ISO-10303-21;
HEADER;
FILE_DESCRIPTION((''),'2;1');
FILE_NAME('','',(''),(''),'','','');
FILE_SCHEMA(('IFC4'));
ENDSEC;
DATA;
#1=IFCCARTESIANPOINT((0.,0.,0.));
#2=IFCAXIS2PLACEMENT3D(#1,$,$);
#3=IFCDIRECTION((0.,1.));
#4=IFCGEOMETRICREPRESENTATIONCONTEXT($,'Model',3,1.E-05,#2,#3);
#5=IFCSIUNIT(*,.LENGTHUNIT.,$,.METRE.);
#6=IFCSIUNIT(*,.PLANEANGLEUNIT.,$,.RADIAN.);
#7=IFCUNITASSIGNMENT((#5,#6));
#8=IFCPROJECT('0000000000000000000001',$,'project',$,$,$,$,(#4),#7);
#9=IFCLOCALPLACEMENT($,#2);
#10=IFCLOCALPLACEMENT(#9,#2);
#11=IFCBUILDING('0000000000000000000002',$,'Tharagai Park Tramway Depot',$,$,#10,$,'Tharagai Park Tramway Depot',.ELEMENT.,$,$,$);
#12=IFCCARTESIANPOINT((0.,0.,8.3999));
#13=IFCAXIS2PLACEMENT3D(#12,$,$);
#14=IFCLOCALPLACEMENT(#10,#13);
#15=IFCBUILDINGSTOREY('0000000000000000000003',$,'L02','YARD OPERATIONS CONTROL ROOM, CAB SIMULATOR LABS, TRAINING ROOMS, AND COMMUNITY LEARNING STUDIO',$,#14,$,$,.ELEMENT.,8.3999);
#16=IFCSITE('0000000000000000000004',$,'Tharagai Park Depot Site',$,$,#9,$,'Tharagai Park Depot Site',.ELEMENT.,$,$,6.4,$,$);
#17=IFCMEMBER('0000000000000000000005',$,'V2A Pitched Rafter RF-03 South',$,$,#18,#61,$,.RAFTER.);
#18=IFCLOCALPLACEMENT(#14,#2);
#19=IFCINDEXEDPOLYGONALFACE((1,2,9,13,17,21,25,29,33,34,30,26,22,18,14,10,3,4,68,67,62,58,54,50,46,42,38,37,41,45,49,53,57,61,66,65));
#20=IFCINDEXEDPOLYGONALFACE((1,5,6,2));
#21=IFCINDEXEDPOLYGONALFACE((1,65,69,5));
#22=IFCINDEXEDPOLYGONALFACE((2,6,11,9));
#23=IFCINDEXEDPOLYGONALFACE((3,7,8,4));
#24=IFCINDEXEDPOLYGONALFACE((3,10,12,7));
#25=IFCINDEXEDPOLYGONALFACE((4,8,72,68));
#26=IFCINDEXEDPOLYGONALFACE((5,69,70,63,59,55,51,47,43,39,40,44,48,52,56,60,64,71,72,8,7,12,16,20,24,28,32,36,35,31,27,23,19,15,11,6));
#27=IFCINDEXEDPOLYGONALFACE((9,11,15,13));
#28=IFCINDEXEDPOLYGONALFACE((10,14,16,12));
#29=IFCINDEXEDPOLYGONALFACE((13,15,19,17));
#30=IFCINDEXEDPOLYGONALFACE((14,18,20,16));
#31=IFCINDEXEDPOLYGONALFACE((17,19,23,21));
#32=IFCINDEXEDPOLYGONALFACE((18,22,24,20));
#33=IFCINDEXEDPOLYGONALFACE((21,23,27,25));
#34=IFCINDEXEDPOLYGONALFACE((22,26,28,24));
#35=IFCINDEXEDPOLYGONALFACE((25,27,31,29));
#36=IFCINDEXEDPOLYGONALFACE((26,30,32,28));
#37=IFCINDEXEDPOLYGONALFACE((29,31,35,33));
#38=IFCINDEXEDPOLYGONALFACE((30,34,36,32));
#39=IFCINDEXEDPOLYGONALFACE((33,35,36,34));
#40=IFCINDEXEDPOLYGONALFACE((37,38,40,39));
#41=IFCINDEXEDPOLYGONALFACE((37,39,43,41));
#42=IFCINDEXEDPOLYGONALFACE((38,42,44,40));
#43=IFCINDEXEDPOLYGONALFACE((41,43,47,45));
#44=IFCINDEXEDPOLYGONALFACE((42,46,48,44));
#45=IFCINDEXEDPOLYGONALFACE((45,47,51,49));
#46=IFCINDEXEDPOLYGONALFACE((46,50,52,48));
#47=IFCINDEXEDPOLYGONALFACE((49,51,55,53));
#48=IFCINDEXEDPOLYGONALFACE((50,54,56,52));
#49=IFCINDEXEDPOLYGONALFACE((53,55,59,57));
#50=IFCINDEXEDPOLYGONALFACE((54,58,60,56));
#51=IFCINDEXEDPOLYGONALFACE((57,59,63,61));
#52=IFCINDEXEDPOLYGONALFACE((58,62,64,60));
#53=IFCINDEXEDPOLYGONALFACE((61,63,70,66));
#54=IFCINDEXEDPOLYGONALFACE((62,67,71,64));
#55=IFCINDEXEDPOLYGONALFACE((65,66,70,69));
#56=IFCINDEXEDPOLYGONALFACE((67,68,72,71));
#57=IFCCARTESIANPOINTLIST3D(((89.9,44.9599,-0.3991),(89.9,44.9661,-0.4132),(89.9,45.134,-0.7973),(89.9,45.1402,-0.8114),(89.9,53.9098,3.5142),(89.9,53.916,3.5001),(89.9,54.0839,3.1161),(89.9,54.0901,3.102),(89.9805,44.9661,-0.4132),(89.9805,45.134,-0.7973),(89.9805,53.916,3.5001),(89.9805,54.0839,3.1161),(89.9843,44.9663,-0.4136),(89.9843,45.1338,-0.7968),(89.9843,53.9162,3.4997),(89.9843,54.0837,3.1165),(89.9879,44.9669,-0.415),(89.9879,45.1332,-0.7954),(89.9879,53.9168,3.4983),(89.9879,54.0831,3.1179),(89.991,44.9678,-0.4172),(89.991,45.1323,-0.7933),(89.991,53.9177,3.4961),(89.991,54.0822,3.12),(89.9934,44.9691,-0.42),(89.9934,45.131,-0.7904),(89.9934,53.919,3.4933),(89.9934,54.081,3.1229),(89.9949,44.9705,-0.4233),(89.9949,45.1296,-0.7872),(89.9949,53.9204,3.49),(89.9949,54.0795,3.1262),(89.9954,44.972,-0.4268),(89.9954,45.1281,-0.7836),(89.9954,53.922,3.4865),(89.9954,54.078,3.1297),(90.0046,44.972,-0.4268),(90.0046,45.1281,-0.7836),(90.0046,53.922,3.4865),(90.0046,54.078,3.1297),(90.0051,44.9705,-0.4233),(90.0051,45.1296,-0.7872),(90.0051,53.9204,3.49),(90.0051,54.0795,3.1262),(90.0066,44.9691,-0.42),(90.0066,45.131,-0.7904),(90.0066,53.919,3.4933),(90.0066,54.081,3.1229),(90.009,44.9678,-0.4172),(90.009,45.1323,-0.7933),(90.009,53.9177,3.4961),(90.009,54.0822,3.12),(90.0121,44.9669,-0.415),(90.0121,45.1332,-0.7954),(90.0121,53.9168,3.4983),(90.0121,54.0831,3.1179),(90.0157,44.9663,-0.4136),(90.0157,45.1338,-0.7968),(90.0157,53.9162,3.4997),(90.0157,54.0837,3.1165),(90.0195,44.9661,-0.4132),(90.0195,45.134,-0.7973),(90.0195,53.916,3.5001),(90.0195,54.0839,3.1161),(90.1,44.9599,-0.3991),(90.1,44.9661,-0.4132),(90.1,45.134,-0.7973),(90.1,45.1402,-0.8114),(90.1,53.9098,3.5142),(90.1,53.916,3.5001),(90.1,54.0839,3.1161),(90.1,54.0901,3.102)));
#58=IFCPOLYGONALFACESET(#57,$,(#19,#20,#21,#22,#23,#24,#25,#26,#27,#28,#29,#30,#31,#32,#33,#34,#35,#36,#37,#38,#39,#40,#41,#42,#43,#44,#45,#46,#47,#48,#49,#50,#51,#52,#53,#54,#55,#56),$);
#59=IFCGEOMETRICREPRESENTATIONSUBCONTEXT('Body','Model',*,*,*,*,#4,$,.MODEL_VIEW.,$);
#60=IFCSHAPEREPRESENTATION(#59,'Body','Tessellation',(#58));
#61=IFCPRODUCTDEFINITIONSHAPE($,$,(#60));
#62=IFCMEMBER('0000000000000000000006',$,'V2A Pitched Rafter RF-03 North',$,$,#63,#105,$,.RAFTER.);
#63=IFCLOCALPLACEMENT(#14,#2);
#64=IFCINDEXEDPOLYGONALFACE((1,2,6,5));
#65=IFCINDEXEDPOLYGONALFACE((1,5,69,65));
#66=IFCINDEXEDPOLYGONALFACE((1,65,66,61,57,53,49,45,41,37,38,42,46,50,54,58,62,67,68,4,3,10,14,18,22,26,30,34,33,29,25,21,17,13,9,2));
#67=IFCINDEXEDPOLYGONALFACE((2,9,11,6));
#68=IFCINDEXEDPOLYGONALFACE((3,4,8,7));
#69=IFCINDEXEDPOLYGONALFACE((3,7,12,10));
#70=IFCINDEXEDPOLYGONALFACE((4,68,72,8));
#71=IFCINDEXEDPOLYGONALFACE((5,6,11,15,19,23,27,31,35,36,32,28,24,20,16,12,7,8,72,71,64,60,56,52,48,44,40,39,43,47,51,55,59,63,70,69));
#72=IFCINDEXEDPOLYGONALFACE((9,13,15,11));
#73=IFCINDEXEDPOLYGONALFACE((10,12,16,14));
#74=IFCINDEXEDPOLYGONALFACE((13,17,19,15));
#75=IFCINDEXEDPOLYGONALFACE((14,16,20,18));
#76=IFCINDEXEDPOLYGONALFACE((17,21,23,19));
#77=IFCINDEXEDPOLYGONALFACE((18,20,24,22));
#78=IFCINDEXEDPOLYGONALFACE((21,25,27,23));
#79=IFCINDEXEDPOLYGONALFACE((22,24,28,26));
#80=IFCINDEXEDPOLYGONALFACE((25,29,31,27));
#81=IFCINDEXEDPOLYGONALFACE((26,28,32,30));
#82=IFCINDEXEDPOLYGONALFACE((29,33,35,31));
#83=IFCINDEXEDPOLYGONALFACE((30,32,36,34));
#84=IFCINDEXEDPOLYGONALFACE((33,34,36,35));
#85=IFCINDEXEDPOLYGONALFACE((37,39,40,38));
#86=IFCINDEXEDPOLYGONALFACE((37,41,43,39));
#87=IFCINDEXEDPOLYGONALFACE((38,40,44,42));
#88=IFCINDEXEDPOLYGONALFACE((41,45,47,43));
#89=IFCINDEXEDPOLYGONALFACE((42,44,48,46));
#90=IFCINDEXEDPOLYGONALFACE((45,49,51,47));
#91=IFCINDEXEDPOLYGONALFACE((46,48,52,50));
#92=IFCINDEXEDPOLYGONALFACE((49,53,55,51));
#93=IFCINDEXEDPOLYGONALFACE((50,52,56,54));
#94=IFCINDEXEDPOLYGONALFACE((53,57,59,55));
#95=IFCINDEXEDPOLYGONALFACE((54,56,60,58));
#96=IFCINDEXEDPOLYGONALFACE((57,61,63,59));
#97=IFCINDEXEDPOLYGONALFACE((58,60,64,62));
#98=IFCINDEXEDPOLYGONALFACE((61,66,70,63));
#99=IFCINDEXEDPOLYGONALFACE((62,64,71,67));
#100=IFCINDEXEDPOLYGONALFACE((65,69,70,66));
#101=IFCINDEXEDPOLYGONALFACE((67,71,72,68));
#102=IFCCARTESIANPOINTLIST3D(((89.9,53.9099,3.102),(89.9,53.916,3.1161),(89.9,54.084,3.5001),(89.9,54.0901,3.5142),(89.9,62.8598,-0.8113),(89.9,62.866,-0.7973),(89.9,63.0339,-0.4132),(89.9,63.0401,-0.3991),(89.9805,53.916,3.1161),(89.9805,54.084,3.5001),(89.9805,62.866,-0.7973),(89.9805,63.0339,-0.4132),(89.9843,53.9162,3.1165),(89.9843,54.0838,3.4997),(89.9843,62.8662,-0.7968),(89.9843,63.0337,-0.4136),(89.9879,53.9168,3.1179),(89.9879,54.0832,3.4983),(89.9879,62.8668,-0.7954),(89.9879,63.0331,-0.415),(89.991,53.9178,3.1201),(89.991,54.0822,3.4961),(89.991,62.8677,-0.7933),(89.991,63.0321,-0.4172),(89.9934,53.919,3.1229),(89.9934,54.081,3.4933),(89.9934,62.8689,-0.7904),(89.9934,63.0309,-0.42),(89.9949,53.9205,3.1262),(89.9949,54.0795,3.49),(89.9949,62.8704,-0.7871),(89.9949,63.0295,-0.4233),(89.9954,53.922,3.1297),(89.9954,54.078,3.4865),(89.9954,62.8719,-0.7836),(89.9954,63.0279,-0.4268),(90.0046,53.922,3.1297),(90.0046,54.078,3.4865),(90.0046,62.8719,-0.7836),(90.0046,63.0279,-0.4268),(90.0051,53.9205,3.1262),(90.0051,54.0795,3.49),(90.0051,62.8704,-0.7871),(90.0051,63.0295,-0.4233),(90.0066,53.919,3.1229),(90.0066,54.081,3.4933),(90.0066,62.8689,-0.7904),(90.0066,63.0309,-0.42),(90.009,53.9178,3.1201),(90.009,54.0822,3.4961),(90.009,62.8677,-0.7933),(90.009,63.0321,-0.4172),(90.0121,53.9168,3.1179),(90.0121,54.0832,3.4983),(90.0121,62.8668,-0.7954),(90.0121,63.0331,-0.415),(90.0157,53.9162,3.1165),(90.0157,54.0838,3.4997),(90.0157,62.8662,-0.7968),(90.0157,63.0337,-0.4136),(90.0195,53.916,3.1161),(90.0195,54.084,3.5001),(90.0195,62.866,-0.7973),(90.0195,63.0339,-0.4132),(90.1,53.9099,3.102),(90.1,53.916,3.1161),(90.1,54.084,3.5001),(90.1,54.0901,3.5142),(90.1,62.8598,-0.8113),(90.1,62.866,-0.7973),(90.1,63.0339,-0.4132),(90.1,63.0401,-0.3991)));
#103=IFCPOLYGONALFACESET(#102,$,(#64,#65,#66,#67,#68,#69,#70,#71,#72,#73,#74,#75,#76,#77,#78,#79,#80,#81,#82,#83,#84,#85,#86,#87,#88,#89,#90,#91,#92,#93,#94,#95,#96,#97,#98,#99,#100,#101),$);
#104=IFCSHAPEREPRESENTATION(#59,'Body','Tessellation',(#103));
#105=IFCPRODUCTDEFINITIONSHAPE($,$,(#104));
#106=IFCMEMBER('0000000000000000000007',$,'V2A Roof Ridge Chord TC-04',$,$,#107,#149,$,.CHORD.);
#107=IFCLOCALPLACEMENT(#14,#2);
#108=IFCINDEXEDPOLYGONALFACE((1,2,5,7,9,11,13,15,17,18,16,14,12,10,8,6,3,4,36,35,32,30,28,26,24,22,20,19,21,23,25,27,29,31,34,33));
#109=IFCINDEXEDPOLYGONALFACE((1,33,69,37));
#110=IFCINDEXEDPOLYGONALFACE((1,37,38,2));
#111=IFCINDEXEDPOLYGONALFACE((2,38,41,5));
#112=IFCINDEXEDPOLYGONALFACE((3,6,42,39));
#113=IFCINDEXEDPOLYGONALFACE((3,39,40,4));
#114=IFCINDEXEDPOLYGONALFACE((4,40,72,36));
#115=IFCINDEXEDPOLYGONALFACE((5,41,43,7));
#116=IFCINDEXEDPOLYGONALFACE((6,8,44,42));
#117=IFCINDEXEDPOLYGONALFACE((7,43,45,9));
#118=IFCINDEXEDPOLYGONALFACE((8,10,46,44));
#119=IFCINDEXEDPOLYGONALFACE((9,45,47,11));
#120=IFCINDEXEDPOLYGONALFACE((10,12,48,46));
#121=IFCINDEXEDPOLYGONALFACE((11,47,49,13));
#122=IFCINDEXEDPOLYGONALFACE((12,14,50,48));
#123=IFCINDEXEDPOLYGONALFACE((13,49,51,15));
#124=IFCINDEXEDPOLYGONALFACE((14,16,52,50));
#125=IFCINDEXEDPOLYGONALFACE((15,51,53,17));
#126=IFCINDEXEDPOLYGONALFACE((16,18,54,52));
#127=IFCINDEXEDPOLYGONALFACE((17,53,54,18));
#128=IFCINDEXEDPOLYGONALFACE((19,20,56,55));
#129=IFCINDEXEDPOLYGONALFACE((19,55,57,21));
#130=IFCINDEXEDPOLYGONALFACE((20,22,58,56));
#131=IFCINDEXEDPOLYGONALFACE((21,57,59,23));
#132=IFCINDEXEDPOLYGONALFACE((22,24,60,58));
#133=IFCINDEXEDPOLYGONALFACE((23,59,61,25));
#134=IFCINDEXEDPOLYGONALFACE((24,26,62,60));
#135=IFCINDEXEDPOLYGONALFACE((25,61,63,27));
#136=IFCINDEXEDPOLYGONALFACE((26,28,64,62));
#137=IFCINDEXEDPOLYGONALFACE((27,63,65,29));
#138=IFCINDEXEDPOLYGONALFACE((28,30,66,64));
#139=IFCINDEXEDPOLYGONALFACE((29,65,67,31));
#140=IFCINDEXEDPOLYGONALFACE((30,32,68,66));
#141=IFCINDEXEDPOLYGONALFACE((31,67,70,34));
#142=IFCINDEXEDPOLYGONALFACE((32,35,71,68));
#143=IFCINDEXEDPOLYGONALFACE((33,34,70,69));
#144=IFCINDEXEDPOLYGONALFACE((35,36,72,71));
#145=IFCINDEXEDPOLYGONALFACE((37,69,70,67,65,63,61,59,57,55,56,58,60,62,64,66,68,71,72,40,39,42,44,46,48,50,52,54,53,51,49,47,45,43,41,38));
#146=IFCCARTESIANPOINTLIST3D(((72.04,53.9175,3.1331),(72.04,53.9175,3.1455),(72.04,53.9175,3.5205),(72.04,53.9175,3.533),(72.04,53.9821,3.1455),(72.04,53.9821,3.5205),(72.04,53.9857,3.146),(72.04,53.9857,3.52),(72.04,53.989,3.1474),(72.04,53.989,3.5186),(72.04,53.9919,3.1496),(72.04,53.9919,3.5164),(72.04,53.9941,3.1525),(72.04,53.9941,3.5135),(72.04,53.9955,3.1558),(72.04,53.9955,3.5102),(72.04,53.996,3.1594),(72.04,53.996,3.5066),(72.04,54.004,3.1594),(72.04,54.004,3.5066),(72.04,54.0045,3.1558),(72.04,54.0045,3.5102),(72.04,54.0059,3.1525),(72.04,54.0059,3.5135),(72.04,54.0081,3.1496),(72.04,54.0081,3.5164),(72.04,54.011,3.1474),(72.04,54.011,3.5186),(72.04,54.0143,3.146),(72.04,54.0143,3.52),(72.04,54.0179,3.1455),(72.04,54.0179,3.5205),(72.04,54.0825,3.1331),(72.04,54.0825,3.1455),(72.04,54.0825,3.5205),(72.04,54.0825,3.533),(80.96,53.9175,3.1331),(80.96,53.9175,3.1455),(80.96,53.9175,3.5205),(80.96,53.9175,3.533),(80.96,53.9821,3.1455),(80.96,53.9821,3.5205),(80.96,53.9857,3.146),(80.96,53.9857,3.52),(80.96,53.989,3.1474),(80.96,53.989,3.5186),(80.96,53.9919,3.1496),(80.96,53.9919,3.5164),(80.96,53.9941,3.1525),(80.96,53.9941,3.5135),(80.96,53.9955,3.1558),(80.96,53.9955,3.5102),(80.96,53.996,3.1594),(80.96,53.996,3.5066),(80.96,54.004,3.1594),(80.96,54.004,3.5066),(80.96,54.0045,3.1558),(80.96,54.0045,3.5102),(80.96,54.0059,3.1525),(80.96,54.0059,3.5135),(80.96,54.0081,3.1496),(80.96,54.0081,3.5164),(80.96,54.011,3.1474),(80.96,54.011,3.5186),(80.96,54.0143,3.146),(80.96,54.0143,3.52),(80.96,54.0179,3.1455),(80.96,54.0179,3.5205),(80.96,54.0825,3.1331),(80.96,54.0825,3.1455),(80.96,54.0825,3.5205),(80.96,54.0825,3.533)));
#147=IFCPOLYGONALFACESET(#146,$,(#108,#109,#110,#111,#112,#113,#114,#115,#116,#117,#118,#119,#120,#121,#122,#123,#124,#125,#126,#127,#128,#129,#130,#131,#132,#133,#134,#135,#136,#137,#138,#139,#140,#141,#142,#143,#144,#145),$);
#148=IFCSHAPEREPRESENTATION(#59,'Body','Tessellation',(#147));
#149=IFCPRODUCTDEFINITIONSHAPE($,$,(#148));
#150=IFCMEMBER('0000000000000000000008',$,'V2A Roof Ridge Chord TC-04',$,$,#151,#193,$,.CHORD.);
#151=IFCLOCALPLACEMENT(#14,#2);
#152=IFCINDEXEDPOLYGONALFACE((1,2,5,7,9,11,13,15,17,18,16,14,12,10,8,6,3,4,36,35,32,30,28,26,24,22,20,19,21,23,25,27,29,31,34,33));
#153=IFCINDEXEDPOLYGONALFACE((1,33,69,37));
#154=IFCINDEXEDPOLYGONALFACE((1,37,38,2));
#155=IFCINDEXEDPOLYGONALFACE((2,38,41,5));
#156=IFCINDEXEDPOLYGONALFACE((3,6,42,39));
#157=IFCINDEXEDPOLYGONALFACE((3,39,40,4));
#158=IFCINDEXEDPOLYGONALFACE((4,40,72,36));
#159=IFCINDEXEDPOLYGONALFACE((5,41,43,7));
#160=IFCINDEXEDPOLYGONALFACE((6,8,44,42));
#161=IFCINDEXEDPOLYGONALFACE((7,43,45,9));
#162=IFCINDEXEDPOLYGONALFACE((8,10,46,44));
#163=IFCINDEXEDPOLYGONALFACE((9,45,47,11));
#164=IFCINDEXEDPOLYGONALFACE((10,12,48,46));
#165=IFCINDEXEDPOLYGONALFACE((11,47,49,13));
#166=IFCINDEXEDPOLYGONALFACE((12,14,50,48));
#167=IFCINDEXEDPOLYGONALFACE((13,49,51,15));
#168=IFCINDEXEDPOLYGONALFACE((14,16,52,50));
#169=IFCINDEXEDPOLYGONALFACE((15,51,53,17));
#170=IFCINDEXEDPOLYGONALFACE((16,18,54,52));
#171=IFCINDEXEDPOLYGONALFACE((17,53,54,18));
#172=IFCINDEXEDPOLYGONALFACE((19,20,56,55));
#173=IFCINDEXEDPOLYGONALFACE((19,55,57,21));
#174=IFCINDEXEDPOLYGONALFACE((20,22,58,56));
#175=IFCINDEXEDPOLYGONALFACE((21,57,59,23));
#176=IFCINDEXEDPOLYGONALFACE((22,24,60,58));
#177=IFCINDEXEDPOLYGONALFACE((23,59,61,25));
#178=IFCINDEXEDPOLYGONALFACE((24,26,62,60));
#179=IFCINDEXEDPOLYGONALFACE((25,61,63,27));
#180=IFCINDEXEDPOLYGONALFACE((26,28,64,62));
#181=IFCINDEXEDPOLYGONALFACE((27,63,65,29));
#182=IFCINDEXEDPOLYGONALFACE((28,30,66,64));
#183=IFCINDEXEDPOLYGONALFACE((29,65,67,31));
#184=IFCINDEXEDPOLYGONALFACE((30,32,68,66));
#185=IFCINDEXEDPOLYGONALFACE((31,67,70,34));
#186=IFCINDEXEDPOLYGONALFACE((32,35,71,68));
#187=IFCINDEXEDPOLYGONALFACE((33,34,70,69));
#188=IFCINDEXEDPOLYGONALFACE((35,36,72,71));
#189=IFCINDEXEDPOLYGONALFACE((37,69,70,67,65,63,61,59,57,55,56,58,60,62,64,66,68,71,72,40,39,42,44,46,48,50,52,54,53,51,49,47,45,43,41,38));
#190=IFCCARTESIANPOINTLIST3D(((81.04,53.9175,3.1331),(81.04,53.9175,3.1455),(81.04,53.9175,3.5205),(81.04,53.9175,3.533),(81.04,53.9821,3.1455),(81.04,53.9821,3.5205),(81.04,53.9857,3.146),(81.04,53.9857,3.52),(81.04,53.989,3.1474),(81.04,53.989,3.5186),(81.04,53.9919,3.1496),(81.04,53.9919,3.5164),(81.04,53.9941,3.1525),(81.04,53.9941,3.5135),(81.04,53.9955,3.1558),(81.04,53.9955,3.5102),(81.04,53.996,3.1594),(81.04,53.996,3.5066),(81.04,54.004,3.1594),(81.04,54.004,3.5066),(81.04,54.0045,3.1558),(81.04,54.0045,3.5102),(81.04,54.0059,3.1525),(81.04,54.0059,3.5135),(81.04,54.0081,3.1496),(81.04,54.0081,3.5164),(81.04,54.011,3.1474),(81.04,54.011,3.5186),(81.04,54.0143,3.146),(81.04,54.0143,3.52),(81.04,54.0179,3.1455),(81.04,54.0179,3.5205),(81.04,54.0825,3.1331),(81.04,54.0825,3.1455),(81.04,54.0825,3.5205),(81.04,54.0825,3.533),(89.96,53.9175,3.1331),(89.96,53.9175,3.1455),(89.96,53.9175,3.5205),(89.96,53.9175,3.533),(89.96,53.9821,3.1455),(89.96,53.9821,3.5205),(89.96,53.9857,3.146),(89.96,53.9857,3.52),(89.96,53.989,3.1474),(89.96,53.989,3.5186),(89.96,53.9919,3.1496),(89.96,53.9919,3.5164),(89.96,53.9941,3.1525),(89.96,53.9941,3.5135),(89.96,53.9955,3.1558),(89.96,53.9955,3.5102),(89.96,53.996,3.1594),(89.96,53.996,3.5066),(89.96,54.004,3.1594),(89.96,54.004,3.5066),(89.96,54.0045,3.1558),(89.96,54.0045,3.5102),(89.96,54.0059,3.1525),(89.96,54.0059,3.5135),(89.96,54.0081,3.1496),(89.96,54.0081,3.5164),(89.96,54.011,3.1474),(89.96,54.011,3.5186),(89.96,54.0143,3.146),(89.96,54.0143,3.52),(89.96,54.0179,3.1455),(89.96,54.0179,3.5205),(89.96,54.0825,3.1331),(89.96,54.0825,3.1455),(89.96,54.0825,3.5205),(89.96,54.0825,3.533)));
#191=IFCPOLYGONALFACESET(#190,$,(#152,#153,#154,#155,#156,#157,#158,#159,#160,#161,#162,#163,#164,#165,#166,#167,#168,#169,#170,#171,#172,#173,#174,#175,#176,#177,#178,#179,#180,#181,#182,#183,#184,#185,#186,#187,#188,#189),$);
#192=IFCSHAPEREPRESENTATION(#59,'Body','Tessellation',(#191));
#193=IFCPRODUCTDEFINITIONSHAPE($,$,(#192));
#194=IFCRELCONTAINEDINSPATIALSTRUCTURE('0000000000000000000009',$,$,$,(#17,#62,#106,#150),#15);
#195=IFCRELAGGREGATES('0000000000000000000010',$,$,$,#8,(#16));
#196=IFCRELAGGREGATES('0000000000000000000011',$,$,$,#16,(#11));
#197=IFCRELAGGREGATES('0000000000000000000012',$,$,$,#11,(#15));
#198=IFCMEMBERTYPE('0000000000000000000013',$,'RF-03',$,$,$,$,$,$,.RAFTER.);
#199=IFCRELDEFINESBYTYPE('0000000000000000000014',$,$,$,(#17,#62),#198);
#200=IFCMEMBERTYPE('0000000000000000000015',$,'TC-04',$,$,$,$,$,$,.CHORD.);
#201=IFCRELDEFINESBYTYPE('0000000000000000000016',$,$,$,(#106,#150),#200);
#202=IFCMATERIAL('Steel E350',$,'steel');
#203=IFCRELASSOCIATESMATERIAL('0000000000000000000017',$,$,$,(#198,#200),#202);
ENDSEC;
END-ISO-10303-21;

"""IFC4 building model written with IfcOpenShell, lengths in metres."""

from ifc_helpers import new_model, si_unit, direction, frame, origin, origin_2d, place, context, subcontext, project, spatial, i_section, extrude, material, material_profile, profile_set, type_object, element, save


model = new_model("IFC4")

# Units and contexts
model_context = context("Model", 3, precision=1e-05, world=origin(), true_north=direction((0.0, 1.0)))
body_context = subcontext(model_context, "Body", "Model", "MODEL_VIEW")
ifc_project = project(units=[si_unit("LENGTHUNIT", "METRE"), si_unit("PLANEANGLEUNIT", "RADIAN")], contexts=[model_context])

# Site, building, storey
site_placement = place(None, origin())
site = spatial("IfcSite", under=ifc_project, at=site_placement, Name="Tharagai Park Depot Site", LongName="Tharagai Park Depot Site", CompositionType="ELEMENT", RefElevation=6.4)
building_placement = place(site_placement, origin())
building = spatial("IfcBuilding", under=site, at=building_placement, Name="Tharagai Park Tramway Depot", LongName="Tharagai Park Tramway Depot", CompositionType="ELEMENT")
storey_placement = place(building_placement, frame((0.0, 0.0, 8.3999)))
storey = spatial("IfcBuildingStorey", under=building, at=storey_placement, Name="L02", Description="YARD OPERATIONS CONTROL ROOM, CAB SIMULATOR LABS, TRAINING ROOMS, AND COMMUNITY LEARNING STUDIO", CompositionType="ELEMENT", Elevation=8.3999)

# Shared definitions
ifc_material_1 = material(Name="Steel E350", Category="steel")

# Members
ifc_material_profile_1 = material_profile(ifc_material_1, i_section(OverallWidth=0.2, OverallDepth=0.45, WebThickness=0.0093, FlangeThickness=0.0154, FilletRadius=0.0149, at=origin_2d()), Name="ISWB 450")
ifc_profile_set_1 = profile_set([ifc_material_profile_1], Name="Steel E350")
member_type_1 = type_object("IfcMemberType", Name="RF-03", PredefinedType="RAFTER", material=ifc_profile_set_1)
for number, where, z_axis, x_axis, name in (
    (1, (90.0, 45.05, -0.6052), (0.0, 0.916243, 0.400623), (-1.0, 0.0, 0.0), "V2A Pitched Rafter RF-03 South"),
    (2, (90.0, 54.0, 3.3081), (0.0, 0.916243, -0.400623), (-1.0, 0.0, 0.0), "V2A Pitched Rafter RF-03 North"),
):
    element("IfcMember", number, at=place(storey_placement, frame(where, z_axis=z_axis, x_axis=x_axis)), inside=storey, type_object=member_type_1, Name=name, PredefinedType="RAFTER", context=body_context, shape_type="SweptSolid", body=[
        extrude(i_section(OverallWidth=0.2, OverallDepth=0.45, WebThickness=0.0093, FlangeThickness=0.0154, FilletRadius=0.0149, at=origin_2d()), origin(), (0.0, 0.0, 1.0), 9.7681),
    ])
ifc_material_profile_2 = material_profile(ifc_material_1, i_section(OverallWidth=0.165, OverallDepth=0.3999, WebThickness=0.0081, FlangeThickness=0.0125, FilletRadius=0.0139, at=origin_2d()), Name="ISLB 400")
ifc_profile_set_2 = profile_set([ifc_material_profile_2], Name="Steel E350")
member_type_2 = type_object("IfcMemberType", Name="TC-04", PredefinedType="CHORD", material=ifc_profile_set_2)
for number, where, z_axis, x_axis, name in (
    (3, (72.04, 54.0, 3.333), (1.0, 0.0, 0.0), (0.0, 1.0, 0.0), "V2A Roof Ridge Chord TC-04"),
    (4, (81.04, 54.0, 3.333), (1.0, 0.0, 0.0), (0.0, 1.0, 0.0), "V2A Roof Ridge Chord TC-04"),
):
    element("IfcMember", number, at=place(storey_placement, frame(where, z_axis=z_axis, x_axis=x_axis)), inside=storey, type_object=member_type_2, Name=name, PredefinedType="CHORD", context=body_context, shape_type="SweptSolid", body=[
        extrude(i_section(OverallWidth=0.165, OverallDepth=0.3999, WebThickness=0.0081, FlangeThickness=0.0125, FilletRadius=0.0139, at=origin_2d()), origin(), (0.0, 0.0, 1.0), 8.9199),
    ])

save(model, "model.ifc")
